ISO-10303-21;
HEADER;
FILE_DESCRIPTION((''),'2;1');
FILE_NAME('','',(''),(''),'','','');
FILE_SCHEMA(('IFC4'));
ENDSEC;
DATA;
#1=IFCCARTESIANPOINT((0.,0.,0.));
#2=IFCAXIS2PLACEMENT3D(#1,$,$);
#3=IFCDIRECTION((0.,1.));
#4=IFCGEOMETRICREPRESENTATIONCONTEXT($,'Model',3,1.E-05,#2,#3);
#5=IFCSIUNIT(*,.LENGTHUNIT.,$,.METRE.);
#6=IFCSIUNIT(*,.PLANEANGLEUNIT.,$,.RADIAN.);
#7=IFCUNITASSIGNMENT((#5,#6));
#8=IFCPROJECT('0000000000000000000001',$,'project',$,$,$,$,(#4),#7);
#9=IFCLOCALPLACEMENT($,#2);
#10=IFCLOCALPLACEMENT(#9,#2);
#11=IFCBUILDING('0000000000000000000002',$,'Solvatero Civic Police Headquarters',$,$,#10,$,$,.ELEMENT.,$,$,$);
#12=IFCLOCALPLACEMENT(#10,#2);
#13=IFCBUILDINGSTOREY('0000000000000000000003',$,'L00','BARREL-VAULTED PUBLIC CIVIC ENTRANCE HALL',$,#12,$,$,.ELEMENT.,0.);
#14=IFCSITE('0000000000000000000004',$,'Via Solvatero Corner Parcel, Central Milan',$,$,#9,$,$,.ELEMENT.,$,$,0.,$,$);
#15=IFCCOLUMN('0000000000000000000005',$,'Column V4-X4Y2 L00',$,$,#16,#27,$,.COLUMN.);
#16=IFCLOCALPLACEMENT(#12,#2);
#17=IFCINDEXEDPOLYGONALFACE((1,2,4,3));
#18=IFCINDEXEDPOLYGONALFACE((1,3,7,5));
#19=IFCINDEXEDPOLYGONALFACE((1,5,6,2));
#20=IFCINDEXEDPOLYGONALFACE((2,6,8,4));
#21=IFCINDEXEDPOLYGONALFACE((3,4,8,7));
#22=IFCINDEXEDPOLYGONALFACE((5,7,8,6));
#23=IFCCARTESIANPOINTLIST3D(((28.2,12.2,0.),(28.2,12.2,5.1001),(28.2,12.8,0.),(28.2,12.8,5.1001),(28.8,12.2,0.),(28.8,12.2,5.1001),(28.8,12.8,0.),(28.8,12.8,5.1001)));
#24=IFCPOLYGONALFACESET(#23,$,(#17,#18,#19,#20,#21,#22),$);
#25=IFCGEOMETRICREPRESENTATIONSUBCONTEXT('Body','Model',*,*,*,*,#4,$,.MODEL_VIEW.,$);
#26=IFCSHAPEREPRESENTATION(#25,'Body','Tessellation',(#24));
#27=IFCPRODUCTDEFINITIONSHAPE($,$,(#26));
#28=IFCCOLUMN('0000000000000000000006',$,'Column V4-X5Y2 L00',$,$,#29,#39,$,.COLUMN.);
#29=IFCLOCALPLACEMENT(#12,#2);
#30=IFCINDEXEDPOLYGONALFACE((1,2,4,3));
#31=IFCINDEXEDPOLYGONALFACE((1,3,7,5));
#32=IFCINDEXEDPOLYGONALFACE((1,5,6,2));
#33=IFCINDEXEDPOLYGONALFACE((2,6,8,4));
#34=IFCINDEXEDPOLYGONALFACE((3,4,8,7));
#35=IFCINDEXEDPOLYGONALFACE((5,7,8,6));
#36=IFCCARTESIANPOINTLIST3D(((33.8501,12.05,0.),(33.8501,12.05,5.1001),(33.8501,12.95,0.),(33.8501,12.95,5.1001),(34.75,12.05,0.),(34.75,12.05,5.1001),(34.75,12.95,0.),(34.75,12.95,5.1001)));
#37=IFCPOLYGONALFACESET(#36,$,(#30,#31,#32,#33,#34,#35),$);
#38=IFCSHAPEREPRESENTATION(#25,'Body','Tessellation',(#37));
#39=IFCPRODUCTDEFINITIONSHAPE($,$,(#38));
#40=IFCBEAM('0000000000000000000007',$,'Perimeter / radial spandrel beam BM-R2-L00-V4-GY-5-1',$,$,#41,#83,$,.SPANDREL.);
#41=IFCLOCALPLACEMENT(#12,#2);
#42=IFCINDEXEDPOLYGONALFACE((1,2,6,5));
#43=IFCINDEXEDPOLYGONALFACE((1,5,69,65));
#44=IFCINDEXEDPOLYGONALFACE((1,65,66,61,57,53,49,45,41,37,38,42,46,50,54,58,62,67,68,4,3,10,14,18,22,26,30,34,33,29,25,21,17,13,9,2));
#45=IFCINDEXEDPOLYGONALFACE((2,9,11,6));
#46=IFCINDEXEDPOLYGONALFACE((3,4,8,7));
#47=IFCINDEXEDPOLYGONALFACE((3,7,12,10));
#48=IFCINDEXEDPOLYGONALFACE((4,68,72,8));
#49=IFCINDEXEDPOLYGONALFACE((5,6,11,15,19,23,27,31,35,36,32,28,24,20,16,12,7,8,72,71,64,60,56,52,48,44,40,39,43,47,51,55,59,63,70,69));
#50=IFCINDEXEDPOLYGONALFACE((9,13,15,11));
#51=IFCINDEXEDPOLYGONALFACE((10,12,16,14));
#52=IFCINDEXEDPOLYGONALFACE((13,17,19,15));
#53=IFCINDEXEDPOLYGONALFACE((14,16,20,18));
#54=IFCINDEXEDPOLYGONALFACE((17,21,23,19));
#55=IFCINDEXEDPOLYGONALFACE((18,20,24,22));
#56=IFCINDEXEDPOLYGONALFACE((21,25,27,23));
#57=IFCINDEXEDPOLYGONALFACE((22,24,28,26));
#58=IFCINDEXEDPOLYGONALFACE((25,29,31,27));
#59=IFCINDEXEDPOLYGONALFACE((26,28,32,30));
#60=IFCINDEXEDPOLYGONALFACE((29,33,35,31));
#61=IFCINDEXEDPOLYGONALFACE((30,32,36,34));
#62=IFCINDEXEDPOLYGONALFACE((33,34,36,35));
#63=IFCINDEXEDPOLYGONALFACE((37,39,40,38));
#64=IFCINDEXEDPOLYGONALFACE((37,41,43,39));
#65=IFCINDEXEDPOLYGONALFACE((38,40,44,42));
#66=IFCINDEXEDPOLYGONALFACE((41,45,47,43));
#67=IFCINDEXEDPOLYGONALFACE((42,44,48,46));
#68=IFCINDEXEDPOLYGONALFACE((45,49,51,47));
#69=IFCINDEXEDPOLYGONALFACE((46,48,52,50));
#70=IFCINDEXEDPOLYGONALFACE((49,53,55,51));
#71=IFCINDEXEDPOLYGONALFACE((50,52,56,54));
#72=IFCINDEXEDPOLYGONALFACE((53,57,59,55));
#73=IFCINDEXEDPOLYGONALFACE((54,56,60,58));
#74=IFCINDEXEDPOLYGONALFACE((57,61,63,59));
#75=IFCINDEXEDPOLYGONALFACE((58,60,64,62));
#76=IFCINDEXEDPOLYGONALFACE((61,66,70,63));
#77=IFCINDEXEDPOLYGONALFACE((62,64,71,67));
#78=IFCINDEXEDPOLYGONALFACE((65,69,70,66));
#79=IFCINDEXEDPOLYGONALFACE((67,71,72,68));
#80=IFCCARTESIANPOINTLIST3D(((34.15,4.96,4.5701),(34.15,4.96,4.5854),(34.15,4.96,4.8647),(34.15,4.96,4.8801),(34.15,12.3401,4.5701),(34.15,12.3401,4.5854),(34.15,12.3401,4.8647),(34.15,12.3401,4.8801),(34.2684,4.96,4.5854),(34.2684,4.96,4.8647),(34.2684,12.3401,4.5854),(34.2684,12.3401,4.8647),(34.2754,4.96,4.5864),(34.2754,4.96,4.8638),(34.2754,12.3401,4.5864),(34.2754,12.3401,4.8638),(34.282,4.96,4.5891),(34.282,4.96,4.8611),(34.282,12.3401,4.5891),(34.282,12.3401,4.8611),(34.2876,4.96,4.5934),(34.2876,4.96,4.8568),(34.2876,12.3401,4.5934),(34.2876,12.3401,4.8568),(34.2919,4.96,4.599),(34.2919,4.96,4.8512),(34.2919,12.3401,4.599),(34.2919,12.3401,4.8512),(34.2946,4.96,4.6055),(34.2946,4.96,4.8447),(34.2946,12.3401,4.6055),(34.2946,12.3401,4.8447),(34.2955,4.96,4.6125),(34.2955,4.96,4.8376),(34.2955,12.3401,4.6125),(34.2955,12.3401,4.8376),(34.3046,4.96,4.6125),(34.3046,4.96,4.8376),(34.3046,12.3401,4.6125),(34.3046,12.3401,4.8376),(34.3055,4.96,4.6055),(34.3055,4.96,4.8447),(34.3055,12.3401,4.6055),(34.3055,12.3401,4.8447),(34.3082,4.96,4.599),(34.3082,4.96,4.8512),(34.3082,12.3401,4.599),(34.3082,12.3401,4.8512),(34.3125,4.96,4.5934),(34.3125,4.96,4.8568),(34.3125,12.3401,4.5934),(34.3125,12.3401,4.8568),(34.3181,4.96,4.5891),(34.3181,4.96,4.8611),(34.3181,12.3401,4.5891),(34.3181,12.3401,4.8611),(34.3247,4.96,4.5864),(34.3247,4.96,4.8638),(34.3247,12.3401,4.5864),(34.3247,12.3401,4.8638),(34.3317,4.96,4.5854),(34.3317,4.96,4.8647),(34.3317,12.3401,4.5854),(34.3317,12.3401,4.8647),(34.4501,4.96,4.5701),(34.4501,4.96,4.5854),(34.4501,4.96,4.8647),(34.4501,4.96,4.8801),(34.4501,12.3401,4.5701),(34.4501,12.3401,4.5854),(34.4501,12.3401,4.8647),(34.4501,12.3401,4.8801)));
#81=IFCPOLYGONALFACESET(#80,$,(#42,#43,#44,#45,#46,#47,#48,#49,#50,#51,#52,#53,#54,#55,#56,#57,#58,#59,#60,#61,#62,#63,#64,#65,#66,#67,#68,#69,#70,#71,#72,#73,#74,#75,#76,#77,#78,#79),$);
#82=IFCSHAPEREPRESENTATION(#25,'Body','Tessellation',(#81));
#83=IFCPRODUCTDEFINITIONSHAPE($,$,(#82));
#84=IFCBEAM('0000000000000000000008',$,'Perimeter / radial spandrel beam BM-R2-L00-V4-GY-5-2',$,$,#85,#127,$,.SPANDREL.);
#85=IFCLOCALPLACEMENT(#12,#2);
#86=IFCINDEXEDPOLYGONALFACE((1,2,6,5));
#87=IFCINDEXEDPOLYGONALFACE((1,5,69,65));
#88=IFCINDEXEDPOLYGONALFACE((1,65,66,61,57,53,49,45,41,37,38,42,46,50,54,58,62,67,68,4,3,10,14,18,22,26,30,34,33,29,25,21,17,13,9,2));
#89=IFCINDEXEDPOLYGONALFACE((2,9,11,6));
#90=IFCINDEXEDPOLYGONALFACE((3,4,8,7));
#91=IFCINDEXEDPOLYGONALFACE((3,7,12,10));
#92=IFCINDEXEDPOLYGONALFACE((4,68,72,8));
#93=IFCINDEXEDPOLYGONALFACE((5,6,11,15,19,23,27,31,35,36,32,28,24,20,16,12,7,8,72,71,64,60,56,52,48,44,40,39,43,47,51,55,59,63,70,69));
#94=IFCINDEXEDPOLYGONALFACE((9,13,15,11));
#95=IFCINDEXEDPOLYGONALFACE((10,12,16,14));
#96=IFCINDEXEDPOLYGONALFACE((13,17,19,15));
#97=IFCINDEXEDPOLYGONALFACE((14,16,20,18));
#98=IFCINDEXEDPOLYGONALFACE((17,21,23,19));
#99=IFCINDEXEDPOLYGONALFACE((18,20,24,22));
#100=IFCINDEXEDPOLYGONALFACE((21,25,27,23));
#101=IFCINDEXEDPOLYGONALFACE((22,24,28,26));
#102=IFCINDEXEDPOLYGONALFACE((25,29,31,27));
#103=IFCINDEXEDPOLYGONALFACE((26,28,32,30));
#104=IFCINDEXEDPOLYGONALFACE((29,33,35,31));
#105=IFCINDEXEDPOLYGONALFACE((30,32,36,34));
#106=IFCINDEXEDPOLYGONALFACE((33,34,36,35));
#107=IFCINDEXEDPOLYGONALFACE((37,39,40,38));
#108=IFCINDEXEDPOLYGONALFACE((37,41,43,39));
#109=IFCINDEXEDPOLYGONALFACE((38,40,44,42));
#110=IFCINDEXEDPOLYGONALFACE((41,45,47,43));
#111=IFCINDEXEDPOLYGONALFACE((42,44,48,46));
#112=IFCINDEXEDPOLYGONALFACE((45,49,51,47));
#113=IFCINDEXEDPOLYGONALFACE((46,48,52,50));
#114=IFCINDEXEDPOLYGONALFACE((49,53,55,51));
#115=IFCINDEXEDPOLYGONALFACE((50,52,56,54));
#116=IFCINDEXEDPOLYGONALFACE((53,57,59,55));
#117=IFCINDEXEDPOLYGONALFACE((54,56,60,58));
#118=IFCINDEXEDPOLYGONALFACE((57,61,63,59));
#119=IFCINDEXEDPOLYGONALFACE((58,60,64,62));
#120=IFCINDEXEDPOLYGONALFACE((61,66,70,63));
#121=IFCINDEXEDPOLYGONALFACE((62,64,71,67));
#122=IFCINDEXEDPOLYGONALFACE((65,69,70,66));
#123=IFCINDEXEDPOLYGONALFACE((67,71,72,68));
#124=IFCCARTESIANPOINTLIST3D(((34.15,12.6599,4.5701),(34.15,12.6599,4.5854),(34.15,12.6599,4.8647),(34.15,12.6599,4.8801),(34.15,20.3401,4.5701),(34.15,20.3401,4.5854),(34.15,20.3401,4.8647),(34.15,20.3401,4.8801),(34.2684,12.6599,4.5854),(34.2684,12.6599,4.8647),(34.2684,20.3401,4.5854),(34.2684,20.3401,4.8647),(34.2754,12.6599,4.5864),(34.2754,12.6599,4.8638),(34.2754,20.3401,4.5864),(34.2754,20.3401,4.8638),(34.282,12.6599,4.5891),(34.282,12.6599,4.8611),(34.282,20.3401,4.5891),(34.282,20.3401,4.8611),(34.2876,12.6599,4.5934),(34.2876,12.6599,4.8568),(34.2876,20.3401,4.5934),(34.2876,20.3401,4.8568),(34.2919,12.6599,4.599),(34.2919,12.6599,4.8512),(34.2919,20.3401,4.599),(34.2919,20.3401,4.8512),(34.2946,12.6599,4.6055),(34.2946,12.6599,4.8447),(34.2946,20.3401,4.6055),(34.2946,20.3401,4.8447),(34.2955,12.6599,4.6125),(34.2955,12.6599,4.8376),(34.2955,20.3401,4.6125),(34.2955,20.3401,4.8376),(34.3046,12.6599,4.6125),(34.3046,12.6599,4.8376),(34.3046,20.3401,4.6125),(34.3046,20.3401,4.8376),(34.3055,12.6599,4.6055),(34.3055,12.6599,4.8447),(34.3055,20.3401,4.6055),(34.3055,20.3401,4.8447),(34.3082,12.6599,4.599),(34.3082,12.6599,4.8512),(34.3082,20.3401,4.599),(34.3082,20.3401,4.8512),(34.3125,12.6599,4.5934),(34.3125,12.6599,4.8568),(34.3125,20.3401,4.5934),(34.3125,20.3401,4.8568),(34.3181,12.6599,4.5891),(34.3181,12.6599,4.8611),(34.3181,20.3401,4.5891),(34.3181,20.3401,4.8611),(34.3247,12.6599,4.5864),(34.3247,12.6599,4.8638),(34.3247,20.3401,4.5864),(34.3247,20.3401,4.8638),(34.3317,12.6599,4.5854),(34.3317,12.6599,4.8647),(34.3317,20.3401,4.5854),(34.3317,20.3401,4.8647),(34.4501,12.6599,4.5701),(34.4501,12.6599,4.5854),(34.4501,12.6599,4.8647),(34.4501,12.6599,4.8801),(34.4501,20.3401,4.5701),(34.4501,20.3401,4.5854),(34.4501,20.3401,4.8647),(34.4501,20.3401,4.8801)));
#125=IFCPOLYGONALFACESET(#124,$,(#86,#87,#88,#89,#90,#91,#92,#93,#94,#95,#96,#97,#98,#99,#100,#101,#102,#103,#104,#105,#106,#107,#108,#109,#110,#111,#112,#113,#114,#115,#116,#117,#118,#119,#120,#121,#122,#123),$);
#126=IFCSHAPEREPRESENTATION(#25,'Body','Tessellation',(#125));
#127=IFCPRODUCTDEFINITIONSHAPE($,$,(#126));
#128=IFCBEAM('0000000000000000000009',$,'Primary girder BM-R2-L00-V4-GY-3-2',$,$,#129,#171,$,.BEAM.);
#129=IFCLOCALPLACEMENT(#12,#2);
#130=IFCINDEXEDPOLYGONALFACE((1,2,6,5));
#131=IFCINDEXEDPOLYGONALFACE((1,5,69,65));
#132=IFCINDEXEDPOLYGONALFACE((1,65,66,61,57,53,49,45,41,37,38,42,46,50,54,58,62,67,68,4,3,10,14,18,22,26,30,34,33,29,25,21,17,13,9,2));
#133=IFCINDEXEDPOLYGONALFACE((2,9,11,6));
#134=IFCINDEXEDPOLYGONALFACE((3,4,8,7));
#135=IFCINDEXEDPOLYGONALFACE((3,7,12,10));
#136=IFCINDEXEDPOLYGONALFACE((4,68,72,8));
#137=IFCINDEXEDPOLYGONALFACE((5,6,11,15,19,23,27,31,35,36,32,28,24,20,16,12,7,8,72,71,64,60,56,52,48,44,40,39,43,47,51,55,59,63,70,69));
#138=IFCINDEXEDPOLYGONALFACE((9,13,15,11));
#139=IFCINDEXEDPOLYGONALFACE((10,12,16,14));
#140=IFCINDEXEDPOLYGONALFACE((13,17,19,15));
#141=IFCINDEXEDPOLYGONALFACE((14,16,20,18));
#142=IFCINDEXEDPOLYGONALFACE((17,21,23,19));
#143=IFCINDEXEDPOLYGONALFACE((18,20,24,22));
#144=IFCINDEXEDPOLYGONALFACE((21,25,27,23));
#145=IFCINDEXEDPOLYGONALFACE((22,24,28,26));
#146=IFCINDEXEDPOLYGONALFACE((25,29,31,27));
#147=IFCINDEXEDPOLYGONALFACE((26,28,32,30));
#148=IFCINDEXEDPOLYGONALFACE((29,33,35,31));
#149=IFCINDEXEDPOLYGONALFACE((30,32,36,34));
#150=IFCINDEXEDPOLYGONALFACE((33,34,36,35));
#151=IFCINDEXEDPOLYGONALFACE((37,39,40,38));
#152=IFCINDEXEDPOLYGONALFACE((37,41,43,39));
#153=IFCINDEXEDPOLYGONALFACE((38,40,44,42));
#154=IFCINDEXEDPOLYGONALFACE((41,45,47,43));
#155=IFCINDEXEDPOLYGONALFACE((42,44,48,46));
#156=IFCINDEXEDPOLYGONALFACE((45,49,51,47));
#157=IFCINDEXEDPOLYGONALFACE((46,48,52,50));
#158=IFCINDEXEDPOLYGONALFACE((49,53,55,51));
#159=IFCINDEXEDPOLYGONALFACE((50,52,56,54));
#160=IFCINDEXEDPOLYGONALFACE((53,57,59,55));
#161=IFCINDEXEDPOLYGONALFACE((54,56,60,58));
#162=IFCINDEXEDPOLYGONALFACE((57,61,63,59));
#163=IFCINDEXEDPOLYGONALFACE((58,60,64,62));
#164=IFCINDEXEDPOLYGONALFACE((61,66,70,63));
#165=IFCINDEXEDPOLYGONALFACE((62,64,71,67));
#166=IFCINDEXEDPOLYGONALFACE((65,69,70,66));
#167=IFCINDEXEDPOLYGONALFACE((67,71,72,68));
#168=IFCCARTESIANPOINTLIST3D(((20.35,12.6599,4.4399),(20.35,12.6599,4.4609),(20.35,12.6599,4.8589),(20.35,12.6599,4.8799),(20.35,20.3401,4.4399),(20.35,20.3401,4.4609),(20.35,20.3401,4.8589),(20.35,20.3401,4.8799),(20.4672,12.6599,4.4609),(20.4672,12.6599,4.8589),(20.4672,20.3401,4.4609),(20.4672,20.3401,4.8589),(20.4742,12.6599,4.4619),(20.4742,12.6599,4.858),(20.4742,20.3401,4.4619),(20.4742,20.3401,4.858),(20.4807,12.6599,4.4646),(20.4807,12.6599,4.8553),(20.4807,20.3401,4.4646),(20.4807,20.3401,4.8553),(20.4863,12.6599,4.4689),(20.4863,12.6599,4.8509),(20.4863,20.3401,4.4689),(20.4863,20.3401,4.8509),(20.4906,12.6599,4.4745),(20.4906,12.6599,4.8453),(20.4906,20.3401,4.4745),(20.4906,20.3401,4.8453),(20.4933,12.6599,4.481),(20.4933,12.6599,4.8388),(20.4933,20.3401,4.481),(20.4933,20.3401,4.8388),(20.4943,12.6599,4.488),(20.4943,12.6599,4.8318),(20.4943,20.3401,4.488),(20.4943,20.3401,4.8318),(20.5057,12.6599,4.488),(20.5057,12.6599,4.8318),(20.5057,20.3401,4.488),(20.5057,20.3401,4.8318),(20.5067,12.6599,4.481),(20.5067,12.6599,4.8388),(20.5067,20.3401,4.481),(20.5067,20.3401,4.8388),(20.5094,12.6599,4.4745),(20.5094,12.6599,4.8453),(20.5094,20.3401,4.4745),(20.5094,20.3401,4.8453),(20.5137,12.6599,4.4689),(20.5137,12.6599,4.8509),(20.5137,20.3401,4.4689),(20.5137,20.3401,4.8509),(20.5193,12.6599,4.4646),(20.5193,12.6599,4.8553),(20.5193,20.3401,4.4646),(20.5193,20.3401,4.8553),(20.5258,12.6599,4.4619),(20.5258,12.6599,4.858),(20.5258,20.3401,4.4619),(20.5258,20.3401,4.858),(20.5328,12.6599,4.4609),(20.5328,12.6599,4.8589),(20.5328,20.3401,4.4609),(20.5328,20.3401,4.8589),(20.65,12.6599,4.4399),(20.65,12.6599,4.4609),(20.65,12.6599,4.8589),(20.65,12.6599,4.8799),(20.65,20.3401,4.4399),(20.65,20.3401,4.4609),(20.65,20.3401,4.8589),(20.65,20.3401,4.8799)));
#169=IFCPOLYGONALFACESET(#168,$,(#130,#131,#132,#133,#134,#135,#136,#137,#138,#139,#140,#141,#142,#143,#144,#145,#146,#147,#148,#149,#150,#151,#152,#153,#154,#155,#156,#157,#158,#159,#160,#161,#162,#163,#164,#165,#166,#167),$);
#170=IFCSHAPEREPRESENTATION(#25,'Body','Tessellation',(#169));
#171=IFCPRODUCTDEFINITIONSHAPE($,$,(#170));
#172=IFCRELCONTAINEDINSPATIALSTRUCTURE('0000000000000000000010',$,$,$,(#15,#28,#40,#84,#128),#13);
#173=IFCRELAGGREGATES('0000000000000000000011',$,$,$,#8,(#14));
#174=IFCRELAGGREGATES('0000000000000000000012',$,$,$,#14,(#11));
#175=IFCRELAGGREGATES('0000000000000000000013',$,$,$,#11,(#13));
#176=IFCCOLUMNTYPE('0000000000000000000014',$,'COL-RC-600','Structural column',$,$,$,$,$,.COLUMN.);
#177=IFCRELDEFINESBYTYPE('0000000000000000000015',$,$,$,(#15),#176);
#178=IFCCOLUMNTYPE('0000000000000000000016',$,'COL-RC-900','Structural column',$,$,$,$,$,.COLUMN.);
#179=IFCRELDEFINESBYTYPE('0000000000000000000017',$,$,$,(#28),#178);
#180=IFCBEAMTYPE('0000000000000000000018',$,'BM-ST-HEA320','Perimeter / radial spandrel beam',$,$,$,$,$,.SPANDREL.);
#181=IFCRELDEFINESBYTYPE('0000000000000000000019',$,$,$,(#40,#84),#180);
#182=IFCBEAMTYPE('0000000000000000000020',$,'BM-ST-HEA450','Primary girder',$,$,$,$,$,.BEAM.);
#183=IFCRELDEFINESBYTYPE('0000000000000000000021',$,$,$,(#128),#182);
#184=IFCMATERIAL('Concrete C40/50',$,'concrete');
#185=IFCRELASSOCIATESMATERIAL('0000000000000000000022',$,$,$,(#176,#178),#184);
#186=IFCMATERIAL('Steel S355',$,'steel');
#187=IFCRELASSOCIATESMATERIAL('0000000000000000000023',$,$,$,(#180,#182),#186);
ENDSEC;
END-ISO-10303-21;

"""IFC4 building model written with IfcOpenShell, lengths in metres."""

from ifc_helpers import new_model, si_unit, direction, frame, origin, origin_2d, place, context, subcontext, project, spatial, rectangle, i_section, extrude, material, material_profile, profile_set, type_object, element, save


model = new_model("IFC4")

# Units and contexts
model_context = context("Model", 3, precision=1e-05, world=origin(), true_north=direction((0.0, 1.0)))
body_context = subcontext(model_context, "Body", "Model", "MODEL_VIEW")
ifc_project = project(units=[si_unit("LENGTHUNIT", "METRE"), si_unit("PLANEANGLEUNIT", "RADIAN")], contexts=[model_context])

# Site, building, storey
site_placement = place(None, origin())
site = spatial("IfcSite", under=ifc_project, at=site_placement, Name="Via Solvatero Corner Parcel, Central Milan", CompositionType="ELEMENT", RefElevation=0.0)
building_placement = place(site_placement, origin())
building = spatial("IfcBuilding", under=site, at=building_placement, Name="Solvatero Civic Police Headquarters", CompositionType="ELEMENT")
storey_placement = place(building_placement, origin())
storey = spatial("IfcBuildingStorey", under=building, at=storey_placement, Name="L00", Description="BARREL-VAULTED PUBLIC CIVIC ENTRANCE HALL", CompositionType="ELEMENT", Elevation=0.0)

# Columns
ifc_material_1 = material(Name="Concrete C40/50", Category="concrete")
ifc_material_profile_1 = material_profile(ifc_material_1, rectangle(XDim=0.6001, YDim=0.6001, at=origin_2d()), Name="RC 600x600")
ifc_profile_set_1 = profile_set([ifc_material_profile_1], Name="Concrete C40/50")
column_type_1 = type_object("IfcColumnType", Name="COL-RC-600", Description="Structural column", PredefinedType="COLUMN", material=ifc_profile_set_1)
column_1_placement = place(storey_placement, frame((28.5, 12.5, 0.0), z_axis=(0.0, 0.0, 1.0), x_axis=(1.0, 0.0, 0.0)))
element("IfcColumn", 1, at=column_1_placement, inside=storey, type_object=column_type_1, Name="Column V4-X4Y2 L00", PredefinedType="COLUMN", context=body_context, shape_type="SweptSolid", body=[
    extrude(rectangle(XDim=0.6001, YDim=0.6001, at=origin_2d()), origin(), (0.0, 0.0, 1.0), 5.1001),
])
ifc_material_profile_2 = material_profile(ifc_material_1, rectangle(XDim=0.8999, YDim=0.8999, at=origin_2d()), Name="RC 900x900")
ifc_profile_set_2 = profile_set([ifc_material_profile_2], Name="Concrete C40/50")
column_type_2 = type_object("IfcColumnType", Name="COL-RC-900", Description="Structural column", PredefinedType="COLUMN", material=ifc_profile_set_2)
column_2_placement = place(storey_placement, frame((34.3, 12.5, 0.0), z_axis=(0.0, 0.0, 1.0), x_axis=(1.0, 0.0, 0.0)))
element("IfcColumn", 2, at=column_2_placement, inside=storey, type_object=column_type_2, Name="Column V4-X5Y2 L00", PredefinedType="COLUMN", context=body_context, shape_type="SweptSolid", body=[
    extrude(rectangle(XDim=0.8999, YDim=0.8999, at=origin_2d()), origin(), (0.0, 0.0, 1.0), 5.1001),
])

# Beams
ifc_material_2 = material(Name="Steel S355", Category="steel")
ifc_material_profile_3 = material_profile(ifc_material_2, i_section(OverallWidth=0.3, OverallDepth=0.3101, WebThickness=0.009, FlangeThickness=0.0154, FilletRadius=0.0271, at=origin_2d()), Name="HEA 320")
ifc_profile_set_3 = profile_set([ifc_material_profile_3], Name="Steel S355")
beam_type_1 = type_object("IfcBeamType", Name="BM-ST-HEA320", Description="Perimeter / radial spandrel beam", PredefinedType="SPANDREL", material=ifc_profile_set_3)
beam_1_placement = place(storey_placement, frame((34.3, 4.96, 4.7251), z_axis=(0.0, 1.0, 0.0), x_axis=(-1.0, 0.0, 0.0)))
element("IfcBeam", 3, at=beam_1_placement, inside=storey, type_object=beam_type_1, Name="Perimeter / radial spandrel beam BM-R2-L00-V4-GY-5-1", PredefinedType="SPANDREL", context=body_context, shape_type="SweptSolid", body=[
    extrude(i_section(OverallWidth=0.3, OverallDepth=0.3101, WebThickness=0.009, FlangeThickness=0.0154, FilletRadius=0.0271, at=origin_2d()), origin(), (0.0, 0.0, 1.0), 7.3801),
])
beam_2_placement = place(storey_placement, frame((34.3, 12.6599, 4.7251), z_axis=(0.0, 1.0, 0.0), x_axis=(-1.0, 0.0, 0.0)))
element("IfcBeam", 4, at=beam_2_placement, inside=storey, type_object=beam_type_1, Name="Perimeter / radial spandrel beam BM-R2-L00-V4-GY-5-2", PredefinedType="SPANDREL", context=body_context, shape_type="SweptSolid", body=[
    extrude(i_section(OverallWidth=0.3, OverallDepth=0.3101, WebThickness=0.009, FlangeThickness=0.0154, FilletRadius=0.0271, at=origin_2d()), origin(), (0.0, 0.0, 1.0), 7.6802),
])
ifc_material_profile_4 = material_profile(ifc_material_2, i_section(OverallWidth=0.3, OverallDepth=0.4399, WebThickness=0.0115, FlangeThickness=0.021, FilletRadius=0.0271, at=origin_2d()), Name="HEA 450")
ifc_profile_set_4 = profile_set([ifc_material_profile_4], Name="Steel S355")
beam_type_2 = type_object("IfcBeamType", Name="BM-ST-HEA450", Description="Primary girder", PredefinedType="BEAM", material=ifc_profile_set_4)
for number, where, z_axis, x_axis, name in (
    (5, (20.5, 12.6599, 4.6599), (0.0, 1.0, 0.0), (-1.0, 0.0, 0.0), "Primary girder BM-R2-L00-V4-GY-3-2"),
):
    element("IfcBeam", number, at=place(storey_placement, frame(where, z_axis=z_axis, x_axis=x_axis)), inside=storey, type_object=beam_type_2, Name=name, PredefinedType="BEAM", context=body_context, shape_type="SweptSolid", body=[
        extrude(i_section(OverallWidth=0.3, OverallDepth=0.4399, WebThickness=0.0115, FlangeThickness=0.021, FilletRadius=0.0271, at=origin_2d()), origin(), (0.0, 0.0, 1.0), 7.6802),
    ])

save(model, "model.ifc")
